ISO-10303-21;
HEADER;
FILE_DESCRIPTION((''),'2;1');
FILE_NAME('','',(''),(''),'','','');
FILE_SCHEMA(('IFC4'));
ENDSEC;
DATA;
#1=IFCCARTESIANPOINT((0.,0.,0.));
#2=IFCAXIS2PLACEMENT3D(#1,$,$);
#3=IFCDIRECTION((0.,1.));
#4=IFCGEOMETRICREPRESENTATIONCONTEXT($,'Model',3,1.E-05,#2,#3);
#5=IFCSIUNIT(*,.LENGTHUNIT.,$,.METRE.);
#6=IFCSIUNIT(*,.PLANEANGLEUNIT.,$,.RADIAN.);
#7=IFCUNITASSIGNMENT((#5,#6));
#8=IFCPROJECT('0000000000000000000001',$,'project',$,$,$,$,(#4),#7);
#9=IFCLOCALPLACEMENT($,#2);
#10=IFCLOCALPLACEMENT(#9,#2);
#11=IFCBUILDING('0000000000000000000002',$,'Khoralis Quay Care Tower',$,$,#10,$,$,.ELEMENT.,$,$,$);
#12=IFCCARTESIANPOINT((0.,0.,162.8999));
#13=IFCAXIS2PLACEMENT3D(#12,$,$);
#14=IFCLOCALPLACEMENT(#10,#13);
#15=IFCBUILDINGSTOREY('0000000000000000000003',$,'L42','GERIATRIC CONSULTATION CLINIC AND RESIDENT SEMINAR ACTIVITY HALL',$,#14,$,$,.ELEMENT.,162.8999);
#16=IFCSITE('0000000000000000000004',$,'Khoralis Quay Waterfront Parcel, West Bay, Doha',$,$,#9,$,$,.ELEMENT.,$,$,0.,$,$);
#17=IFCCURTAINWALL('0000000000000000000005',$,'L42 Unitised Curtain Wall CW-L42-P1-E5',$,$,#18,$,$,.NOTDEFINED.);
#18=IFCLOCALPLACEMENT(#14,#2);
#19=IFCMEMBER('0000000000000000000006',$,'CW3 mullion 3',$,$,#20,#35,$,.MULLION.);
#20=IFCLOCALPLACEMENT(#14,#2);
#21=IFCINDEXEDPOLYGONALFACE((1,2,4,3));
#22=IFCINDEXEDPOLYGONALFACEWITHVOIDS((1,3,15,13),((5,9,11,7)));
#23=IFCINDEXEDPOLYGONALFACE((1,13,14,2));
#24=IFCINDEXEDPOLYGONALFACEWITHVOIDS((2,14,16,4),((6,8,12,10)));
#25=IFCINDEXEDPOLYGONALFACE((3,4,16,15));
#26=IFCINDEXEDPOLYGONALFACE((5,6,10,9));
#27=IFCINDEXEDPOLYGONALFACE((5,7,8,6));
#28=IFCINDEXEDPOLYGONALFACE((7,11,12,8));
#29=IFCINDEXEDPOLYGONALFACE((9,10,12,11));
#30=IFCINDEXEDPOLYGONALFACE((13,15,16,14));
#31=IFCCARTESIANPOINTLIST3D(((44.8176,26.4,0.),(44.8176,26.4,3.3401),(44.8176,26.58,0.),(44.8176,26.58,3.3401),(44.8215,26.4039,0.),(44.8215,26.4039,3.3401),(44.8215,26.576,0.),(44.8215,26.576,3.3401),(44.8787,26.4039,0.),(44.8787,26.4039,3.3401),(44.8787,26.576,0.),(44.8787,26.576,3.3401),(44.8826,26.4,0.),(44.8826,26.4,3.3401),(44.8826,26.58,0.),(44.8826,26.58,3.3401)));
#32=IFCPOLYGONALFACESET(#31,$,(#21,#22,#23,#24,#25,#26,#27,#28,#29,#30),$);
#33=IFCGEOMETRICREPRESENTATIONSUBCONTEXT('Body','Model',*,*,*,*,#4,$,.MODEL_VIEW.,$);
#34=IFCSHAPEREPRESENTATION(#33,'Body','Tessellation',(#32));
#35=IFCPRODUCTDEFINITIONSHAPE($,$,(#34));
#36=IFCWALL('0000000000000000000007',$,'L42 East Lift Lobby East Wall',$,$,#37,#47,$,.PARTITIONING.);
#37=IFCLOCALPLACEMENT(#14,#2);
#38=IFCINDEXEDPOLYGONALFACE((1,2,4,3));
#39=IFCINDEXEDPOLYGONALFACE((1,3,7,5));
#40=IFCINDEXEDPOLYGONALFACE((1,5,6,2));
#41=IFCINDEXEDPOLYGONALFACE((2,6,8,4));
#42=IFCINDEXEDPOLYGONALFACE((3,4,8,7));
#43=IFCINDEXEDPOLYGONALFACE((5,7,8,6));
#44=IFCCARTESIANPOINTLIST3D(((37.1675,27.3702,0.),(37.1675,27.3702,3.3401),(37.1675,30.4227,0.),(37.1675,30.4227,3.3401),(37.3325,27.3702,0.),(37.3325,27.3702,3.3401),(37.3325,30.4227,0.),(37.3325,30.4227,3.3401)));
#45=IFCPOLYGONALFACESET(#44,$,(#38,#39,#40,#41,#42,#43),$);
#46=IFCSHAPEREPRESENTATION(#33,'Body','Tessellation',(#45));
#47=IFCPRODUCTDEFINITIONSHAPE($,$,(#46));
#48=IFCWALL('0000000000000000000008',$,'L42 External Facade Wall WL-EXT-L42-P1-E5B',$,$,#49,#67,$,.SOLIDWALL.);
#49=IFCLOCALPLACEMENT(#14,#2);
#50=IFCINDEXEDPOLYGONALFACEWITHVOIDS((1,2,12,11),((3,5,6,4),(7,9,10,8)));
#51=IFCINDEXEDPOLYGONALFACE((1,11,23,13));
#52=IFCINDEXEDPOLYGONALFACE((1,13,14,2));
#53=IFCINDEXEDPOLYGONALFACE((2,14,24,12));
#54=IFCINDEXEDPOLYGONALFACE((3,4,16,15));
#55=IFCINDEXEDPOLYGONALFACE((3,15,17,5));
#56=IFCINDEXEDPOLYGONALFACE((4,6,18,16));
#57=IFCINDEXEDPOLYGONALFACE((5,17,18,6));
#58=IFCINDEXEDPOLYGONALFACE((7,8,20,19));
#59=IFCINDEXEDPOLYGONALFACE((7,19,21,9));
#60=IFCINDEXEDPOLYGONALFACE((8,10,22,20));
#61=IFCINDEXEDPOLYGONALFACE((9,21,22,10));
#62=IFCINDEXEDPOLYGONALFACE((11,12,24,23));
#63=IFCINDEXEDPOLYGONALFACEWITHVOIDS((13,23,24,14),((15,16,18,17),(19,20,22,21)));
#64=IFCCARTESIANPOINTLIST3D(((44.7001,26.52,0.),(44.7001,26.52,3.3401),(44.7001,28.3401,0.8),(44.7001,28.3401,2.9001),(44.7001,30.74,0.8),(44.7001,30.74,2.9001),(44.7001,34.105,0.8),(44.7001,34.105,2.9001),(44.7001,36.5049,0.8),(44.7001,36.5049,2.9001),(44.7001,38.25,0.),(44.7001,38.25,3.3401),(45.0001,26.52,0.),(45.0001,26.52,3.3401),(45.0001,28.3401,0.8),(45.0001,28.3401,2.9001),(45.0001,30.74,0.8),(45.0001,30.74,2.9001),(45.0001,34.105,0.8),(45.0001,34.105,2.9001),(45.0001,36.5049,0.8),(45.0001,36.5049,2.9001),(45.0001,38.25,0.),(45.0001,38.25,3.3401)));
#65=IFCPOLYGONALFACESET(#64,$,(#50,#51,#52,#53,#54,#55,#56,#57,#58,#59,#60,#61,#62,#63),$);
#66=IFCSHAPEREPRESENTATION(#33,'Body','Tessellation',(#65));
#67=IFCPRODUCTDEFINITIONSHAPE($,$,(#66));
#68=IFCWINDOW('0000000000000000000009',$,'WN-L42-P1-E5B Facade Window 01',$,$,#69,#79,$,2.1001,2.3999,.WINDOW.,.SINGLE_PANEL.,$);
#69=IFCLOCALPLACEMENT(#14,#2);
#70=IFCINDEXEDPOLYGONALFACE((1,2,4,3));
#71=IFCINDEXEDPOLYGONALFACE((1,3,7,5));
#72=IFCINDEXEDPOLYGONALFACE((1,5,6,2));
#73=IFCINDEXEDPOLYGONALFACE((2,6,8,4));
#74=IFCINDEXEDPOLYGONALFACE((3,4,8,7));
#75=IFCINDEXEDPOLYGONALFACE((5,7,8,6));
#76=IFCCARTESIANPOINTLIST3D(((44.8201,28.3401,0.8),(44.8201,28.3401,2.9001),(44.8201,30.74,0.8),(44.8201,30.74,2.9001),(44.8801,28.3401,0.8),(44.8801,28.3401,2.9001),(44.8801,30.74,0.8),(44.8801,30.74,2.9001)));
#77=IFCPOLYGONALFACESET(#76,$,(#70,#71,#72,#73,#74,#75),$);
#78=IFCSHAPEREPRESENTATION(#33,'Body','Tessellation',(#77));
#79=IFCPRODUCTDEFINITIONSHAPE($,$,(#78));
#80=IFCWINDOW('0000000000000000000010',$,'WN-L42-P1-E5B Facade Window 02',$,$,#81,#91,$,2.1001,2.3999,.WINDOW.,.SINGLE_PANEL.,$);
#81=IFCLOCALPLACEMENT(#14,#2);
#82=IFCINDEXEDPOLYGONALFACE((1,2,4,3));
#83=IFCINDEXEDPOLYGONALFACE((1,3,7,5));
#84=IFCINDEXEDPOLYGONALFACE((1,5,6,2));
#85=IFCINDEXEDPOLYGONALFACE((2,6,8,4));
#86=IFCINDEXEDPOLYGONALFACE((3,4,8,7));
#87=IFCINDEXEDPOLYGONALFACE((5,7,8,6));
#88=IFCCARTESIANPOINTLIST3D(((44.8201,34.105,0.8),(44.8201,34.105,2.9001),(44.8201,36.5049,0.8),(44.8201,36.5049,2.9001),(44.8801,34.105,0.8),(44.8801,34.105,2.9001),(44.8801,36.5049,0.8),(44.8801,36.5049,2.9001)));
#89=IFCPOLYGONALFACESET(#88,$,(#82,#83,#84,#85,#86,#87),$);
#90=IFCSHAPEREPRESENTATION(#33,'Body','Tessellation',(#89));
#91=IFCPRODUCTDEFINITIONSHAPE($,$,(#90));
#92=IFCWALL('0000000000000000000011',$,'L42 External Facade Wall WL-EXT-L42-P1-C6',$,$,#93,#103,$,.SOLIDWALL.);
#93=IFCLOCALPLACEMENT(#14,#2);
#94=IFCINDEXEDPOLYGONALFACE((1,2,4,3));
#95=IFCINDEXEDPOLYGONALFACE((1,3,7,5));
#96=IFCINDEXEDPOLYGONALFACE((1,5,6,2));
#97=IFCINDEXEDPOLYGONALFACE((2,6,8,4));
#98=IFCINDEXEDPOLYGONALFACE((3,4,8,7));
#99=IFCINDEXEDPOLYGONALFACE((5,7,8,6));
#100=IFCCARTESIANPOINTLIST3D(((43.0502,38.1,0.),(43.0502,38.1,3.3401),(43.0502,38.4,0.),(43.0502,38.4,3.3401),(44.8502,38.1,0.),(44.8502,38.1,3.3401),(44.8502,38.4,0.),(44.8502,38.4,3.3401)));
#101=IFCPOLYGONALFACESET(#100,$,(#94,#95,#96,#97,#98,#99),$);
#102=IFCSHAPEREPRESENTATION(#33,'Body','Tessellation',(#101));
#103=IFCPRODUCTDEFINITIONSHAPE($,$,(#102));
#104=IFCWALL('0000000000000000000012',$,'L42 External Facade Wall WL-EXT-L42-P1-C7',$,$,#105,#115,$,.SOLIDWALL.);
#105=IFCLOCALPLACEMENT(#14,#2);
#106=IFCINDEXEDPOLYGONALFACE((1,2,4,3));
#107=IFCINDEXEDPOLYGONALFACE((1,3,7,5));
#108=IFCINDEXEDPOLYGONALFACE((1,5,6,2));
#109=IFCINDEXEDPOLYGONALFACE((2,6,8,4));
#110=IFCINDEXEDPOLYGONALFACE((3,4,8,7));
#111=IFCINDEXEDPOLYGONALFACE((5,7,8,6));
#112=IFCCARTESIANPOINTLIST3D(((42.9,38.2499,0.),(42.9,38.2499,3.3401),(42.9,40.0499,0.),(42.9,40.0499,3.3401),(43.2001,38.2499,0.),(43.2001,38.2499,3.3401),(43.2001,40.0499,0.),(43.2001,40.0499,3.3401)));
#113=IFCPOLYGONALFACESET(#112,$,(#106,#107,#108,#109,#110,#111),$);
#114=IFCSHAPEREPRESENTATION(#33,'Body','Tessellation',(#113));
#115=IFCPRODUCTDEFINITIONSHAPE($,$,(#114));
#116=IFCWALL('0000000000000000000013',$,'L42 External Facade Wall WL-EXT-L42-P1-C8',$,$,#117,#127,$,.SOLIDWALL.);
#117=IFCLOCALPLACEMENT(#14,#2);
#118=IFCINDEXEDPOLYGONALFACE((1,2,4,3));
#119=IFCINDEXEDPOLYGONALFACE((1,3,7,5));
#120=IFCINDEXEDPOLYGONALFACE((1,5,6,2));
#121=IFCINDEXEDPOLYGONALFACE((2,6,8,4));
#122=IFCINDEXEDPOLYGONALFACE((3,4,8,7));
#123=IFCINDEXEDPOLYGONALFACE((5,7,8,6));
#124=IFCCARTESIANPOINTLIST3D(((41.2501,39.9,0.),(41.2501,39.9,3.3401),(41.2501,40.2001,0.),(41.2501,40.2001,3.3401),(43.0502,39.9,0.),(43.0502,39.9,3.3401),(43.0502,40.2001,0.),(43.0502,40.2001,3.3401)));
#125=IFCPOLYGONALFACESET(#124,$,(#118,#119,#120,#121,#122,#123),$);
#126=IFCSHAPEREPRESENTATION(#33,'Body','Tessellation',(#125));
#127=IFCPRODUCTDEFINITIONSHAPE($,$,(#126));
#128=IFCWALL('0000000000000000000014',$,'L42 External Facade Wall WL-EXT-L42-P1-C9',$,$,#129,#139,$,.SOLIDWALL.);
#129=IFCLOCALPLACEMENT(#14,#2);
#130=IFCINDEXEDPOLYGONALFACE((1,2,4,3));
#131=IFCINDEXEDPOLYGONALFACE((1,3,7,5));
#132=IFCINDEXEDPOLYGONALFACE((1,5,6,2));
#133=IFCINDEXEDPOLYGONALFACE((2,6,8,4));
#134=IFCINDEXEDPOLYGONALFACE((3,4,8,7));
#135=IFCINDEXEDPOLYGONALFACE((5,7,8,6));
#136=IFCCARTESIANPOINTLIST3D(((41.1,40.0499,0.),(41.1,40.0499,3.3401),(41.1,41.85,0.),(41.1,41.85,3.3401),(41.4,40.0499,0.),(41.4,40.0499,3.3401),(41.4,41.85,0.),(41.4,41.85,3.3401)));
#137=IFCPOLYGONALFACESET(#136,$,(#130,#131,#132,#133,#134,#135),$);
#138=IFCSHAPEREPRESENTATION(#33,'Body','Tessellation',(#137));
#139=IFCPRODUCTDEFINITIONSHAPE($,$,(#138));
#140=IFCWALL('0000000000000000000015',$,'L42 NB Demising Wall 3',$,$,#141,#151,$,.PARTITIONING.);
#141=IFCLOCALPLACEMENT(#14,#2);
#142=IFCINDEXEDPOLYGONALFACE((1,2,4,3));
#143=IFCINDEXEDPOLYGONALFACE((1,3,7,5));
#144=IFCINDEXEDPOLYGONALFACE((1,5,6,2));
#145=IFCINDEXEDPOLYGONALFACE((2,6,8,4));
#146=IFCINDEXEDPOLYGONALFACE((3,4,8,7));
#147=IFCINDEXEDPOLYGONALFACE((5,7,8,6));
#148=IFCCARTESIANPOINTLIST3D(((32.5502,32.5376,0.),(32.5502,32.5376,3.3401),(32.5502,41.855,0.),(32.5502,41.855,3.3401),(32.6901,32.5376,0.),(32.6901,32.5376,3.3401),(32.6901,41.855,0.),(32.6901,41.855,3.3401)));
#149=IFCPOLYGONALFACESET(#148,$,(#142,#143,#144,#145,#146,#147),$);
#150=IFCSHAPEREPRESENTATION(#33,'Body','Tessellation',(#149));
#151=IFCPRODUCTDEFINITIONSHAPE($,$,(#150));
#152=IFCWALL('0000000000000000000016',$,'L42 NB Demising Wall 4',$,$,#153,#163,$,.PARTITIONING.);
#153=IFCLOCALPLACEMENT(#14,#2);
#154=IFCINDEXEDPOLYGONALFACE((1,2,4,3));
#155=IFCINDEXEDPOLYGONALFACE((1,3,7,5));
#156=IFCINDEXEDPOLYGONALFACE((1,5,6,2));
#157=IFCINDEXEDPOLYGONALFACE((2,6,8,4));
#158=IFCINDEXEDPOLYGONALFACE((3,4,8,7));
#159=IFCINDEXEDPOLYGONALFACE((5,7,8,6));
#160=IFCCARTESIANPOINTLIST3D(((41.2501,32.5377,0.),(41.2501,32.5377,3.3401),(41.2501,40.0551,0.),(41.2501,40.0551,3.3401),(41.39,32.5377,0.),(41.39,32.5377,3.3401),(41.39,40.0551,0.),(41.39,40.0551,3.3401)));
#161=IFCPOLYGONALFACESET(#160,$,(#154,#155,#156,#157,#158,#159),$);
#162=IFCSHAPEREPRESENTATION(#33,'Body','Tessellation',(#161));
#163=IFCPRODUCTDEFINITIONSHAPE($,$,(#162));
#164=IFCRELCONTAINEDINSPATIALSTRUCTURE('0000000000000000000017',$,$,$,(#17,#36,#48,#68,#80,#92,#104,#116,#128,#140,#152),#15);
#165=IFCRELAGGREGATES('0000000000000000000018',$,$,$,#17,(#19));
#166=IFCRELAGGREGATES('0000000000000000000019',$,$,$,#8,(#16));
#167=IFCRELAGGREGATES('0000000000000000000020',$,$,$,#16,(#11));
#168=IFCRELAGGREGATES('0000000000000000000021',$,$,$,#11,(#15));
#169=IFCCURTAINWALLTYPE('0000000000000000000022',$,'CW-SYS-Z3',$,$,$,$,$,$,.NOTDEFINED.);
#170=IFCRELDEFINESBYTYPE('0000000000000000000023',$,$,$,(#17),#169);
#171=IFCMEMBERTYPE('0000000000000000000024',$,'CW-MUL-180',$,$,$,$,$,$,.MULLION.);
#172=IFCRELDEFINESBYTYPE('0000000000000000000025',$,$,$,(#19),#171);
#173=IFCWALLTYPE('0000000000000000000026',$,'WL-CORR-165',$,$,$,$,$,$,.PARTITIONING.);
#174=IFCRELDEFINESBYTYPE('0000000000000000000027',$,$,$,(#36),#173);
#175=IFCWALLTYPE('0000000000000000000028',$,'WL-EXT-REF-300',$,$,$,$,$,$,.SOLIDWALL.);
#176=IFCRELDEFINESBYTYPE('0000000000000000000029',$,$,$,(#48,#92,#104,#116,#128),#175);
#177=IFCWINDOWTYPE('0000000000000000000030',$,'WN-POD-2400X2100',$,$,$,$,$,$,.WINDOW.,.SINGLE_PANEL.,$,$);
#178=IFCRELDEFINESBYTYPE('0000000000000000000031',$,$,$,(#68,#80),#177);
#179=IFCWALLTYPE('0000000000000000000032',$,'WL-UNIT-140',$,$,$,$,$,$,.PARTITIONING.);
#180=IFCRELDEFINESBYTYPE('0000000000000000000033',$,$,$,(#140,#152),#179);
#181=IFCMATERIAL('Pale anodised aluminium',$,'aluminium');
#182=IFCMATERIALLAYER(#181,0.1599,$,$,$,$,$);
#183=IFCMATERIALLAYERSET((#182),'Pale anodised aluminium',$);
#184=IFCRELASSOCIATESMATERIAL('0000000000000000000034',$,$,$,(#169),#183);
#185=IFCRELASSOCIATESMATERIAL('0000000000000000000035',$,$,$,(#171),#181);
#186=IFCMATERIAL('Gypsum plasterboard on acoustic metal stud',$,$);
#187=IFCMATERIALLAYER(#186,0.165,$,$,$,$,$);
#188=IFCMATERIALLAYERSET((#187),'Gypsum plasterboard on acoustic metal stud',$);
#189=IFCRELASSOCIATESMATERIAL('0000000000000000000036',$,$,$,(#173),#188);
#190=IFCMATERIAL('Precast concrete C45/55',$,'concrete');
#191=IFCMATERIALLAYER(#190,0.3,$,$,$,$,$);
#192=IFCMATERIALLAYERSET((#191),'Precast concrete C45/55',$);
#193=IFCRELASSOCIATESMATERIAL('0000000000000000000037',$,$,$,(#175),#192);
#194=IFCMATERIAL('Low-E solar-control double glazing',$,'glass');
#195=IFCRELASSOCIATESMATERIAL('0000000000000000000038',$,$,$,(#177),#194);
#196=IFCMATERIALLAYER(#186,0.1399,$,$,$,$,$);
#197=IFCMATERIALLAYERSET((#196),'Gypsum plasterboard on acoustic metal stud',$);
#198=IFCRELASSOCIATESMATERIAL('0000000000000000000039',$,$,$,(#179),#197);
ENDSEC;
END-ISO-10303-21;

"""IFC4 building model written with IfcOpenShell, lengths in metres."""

from ifc_helpers import new_model, si_unit, direction, frame, frame_2d, origin, origin_2d, place, context, subcontext, project, spatial, rectangle, hollow_rectangle, extrude, source, transform, mapped, material, layer, layer_set, material_profile, profile_set, type_object, element, fill, aggregate, save


model = new_model("IFC4")

# Units and contexts
model_context = context("Model", 3, precision=1e-05, world=origin(), true_north=direction((0.0, 1.0)))
body_context = subcontext(model_context, "Body", "Model", "MODEL_VIEW")
ifc_project = project(units=[si_unit("LENGTHUNIT", "METRE"), si_unit("PLANEANGLEUNIT", "RADIAN")], contexts=[model_context])

# Site, building, storey
site_placement = place(None, origin())
site = spatial("IfcSite", under=ifc_project, at=site_placement, Name="Khoralis Quay Waterfront Parcel, West Bay, Doha", CompositionType="ELEMENT", RefElevation=0.0)
building_placement = place(site_placement, origin())
building = spatial("IfcBuilding", under=site, at=building_placement, Name="Khoralis Quay Care Tower", CompositionType="ELEMENT")
storey_placement = place(building_placement, frame((0.0, 0.0, 162.8999)))
storey = spatial("IfcBuildingStorey", under=building, at=storey_placement, Name="L42", Description="GERIATRIC CONSULTATION CLINIC AND RESIDENT SEMINAR ACTIVITY HALL", CompositionType="ELEMENT", Elevation=162.8999)

# Curtain wall, member
ifc_material_1 = material(Name="Pale anodised aluminium", Category="aluminium")
ifc_layer_1 = layer(ifc_material_1, 0.1599)
ifc_layer_set_1 = layer_set([ifc_layer_1], Name="Pale anodised aluminium")
curtain_wall_type = type_object("IfcCurtainWallType", Name="CW-SYS-Z3", PredefinedType="NOTDEFINED", material=ifc_layer_set_1)
curtain_wall_placement = place(storey_placement, origin())
curtain_wall = element("IfcCurtainWall", 1, at=curtain_wall_placement, inside=storey, type_object=curtain_wall_type, Name="L42 Unitised Curtain Wall CW-L42-P1-E5", PredefinedType="NOTDEFINED")
ifc_material_profile_1 = material_profile(ifc_material_1, hollow_rectangle(XDim=0.0649, YDim=0.1799, WallThickness=0.0039, at=origin_2d()), Name="Pale anodised aluminium")
ifc_profile_set_1 = profile_set([ifc_material_profile_1], Name="Pale anodised aluminium")
member_type = type_object("IfcMemberType", Name="CW-MUL-180", PredefinedType="MULLION", material=ifc_profile_set_1)
shared_shape_1 = source(origin(), body_context, "Body", "SweptSolid", [
    extrude(hollow_rectangle(XDim=0.0649, YDim=0.1799, WallThickness=0.0039, at=origin_2d()), origin(), (0.0, 0.0, 1.0), 3.3401),
])
member_placement = place(storey_placement, frame((44.8501, 26.49, 0.0), z_axis=(0.0, 0.0, 1.0), x_axis=(-1.0, 0.0, 0.0)))
member = element("IfcMember", 2, at=member_placement, type_object=member_type, Name="CW3 mullion 3", PredefinedType="MULLION", context=body_context, shape_type="MappedRepresentation", body=[
    mapped(shared_shape_1, transform((0.0, 0.0, 0.0), scale=1.0)),
])
aggregate(curtain_wall, [member])

# Wall
ifc_material_2 = material(Name="Gypsum plasterboard on acoustic metal stud")
ifc_layer_2 = layer(ifc_material_2, 0.165)
ifc_layer_set_2 = layer_set([ifc_layer_2], Name="Gypsum plasterboard on acoustic metal stud")
wall_type_1 = type_object("IfcWallType", Name="WL-CORR-165", PredefinedType="PARTITIONING", material=ifc_layer_set_2)
wall_1_placement = place(storey_placement, frame((37.25, 27.3701, 0.0), z_axis=(0.0, 0.0, 1.0), x_axis=(0.0, 1.0, 0.0)))
element("IfcWall", 3, at=wall_1_placement, inside=storey, type_object=wall_type_1, Name="L42 East Lift Lobby East Wall", PredefinedType="PARTITIONING", context=body_context, shape_type="SweptSolid", body=[
    extrude(rectangle(XDim=3.0525, YDim=0.165, at=frame_2d((1.5264, 0.0))), origin(), (0.0, 0.0, 1.0), 3.3401),
])

# Wall, openings, windows
ifc_material_3 = material(Name="Precast concrete C45/55", Category="concrete")
ifc_layer_3 = layer(ifc_material_3, 0.3)
ifc_layer_set_3 = layer_set([ifc_layer_3], Name="Precast concrete C45/55")
wall_type_2 = type_object("IfcWallType", Name="WL-EXT-REF-300", PredefinedType="SOLIDWALL", material=ifc_layer_set_3)
wall_2_placement = place(storey_placement, frame((44.8501, 26.52, 0.0), z_axis=(0.0, 0.0, 1.0), x_axis=(0.0, 1.0, 0.0)))
wall_2 = element("IfcWall", 4, at=wall_2_placement, inside=storey, type_object=wall_type_2, Name="L42 External Facade Wall WL-EXT-L42-P1-E5B", PredefinedType="SOLIDWALL", context=body_context, shape_type="SweptSolid", body=[
    extrude(rectangle(XDim=11.73, YDim=0.3, at=frame_2d((5.865, 0.0))), origin(), (0.0, 0.0, 1.0), 3.3401),
])
opening_1_placement = place(wall_2_placement, frame((1.8201, 0.0, 0.8)))
opening_1 = element("IfcOpeningElement", 5, at=opening_1_placement, cuts=wall_2, PredefinedType="OPENING", context=body_context, shape_type="SweptSolid", body=[
    extrude(rectangle(XDim=2.3999, YDim=2.1001, at=frame_2d((1.2, 1.05))), frame((0.0, 0.1602, 0.0), z_axis=(0.0, -1.0, 0.0), x_axis=(1.0, 0.0, 0.0)), (0.0, 0.0, 1.0), 0.3201),
])
opening_2_placement = place(wall_2_placement, frame((7.585, 0.0, 0.8)))
opening_2 = element("IfcOpeningElement", 6, at=opening_2_placement, cuts=wall_2, PredefinedType="OPENING", context=body_context, shape_type="SweptSolid", body=[
    extrude(rectangle(XDim=2.3999, YDim=2.1001, at=frame_2d((1.2, 1.05))), frame((0.0, 0.1602, 0.0), z_axis=(0.0, -1.0, 0.0), x_axis=(1.0, 0.0, 0.0)), (0.0, 0.0, 1.0), 0.3201),
])
ifc_material_4 = material(Name="Low-E solar-control double glazing", Category="glass")
window_type_1 = type_object("IfcWindowType", Name="WN-POD-2400X2100", PartitioningType="SINGLE_PANEL", PredefinedType="WINDOW", material=ifc_material_4)
shared_shape_2 = source(origin(), body_context, "Body", "SweptSolid", [
    extrude(rectangle(XDim=2.3999, YDim=2.1001, at=frame_2d((1.2, 1.05))), frame((0.0, 0.03, 0.0), z_axis=(0.0, -1.0, 0.0), x_axis=(1.0, 0.0, 0.0)), (0.0, 0.0, 1.0), 0.0601),
])
window_1_placement = place(opening_1_placement, origin())
window_1 = element("IfcWindow", 7, at=window_1_placement, inside=storey, type_object=window_type_1, Name="WN-L42-P1-E5B Facade Window 01", OverallHeight=2.1001, OverallWidth=2.3999, PartitioningType="SINGLE_PANEL", PredefinedType="WINDOW", context=body_context, shape_type="MappedRepresentation", body=[
    mapped(shared_shape_2, transform((0.0, 0.0, 0.0), scale=1.0)),
])
fill(opening_1, window_1)
window_2_placement = place(opening_2_placement, origin())
window_2 = element("IfcWindow", 8, at=window_2_placement, inside=storey, type_object=window_type_1, Name="WN-L42-P1-E5B Facade Window 02", OverallHeight=2.1001, OverallWidth=2.3999, PartitioningType="SINGLE_PANEL", PredefinedType="WINDOW", context=body_context, shape_type="MappedRepresentation", body=[
    mapped(shared_shape_2, transform((0.0, 0.0, 0.0), scale=1.0)),
])
fill(opening_2, window_2)

# Walls
for number, where, z_axis, x_axis, name in (
    (9, (44.8501, 38.25, 0.0), (0.0, 0.0, 1.0), (-1.0, 0.0, 0.0), "L42 External Facade Wall WL-EXT-L42-P1-C6"),
    (10, (43.05, 38.25, 0.0), (0.0, 0.0, 1.0), (0.0, 1.0, 0.0), "L42 External Facade Wall WL-EXT-L42-P1-C7"),
    (11, (43.05, 40.05, 0.0), (0.0, 0.0, 1.0), (-1.0, 0.0, 0.0), "L42 External Facade Wall WL-EXT-L42-P1-C8"),
    (12, (41.25, 40.05, 0.0), (0.0, 0.0, 1.0), (0.0, 1.0, 0.0), "L42 External Facade Wall WL-EXT-L42-P1-C9"),
):
    element("IfcWall", number, at=place(storey_placement, frame(where, z_axis=z_axis, x_axis=x_axis)), inside=storey, type_object=wall_type_2, Name=name, PredefinedType="SOLIDWALL", context=body_context, shape_type="SweptSolid", body=[
        extrude(rectangle(XDim=1.8, YDim=0.3, at=frame_2d((0.8999, 0.0))), origin(), (0.0, 0.0, 1.0), 3.3401),
    ])

# Walls
ifc_layer_4 = layer(ifc_material_2, 0.1399)
ifc_layer_set_4 = layer_set([ifc_layer_4], Name="Gypsum plasterboard on acoustic metal stud")
wall_type_3 = type_object("IfcWallType", Name="WL-UNIT-140", PredefinedType="PARTITIONING", material=ifc_layer_set_4)
wall_3_placement = place(storey_placement, frame((32.6201, 32.5376, 0.0), z_axis=(0.0, 0.0, 1.0), x_axis=(0.0, 1.0, 0.0)))
element("IfcWall", 13, at=wall_3_placement, inside=storey, type_object=wall_type_3, Name="L42 NB Demising Wall 3", PredefinedType="PARTITIONING", context=body_context, shape_type="SweptSolid", body=[
    extrude(rectangle(XDim=9.3174, YDim=0.1399, at=frame_2d((4.6587, 0.0))), origin(), (0.0, 0.0, 1.0), 3.3401),
])
wall_4_placement = place(storey_placement, frame((41.3201, 32.5376, 0.0), z_axis=(0.0, 0.0, 1.0), x_axis=(0.0, 1.0, 0.0)))
element("IfcWall", 14, at=wall_4_placement, inside=storey, type_object=wall_type_3, Name="L42 NB Demising Wall 4", PredefinedType="PARTITIONING", context=body_context, shape_type="SweptSolid", body=[
    extrude(rectangle(XDim=7.5173, YDim=0.1399, at=frame_2d((3.7588, 0.0))), origin(), (0.0, 0.0, 1.0), 3.3401),
])

save(model, "model.ifc")
